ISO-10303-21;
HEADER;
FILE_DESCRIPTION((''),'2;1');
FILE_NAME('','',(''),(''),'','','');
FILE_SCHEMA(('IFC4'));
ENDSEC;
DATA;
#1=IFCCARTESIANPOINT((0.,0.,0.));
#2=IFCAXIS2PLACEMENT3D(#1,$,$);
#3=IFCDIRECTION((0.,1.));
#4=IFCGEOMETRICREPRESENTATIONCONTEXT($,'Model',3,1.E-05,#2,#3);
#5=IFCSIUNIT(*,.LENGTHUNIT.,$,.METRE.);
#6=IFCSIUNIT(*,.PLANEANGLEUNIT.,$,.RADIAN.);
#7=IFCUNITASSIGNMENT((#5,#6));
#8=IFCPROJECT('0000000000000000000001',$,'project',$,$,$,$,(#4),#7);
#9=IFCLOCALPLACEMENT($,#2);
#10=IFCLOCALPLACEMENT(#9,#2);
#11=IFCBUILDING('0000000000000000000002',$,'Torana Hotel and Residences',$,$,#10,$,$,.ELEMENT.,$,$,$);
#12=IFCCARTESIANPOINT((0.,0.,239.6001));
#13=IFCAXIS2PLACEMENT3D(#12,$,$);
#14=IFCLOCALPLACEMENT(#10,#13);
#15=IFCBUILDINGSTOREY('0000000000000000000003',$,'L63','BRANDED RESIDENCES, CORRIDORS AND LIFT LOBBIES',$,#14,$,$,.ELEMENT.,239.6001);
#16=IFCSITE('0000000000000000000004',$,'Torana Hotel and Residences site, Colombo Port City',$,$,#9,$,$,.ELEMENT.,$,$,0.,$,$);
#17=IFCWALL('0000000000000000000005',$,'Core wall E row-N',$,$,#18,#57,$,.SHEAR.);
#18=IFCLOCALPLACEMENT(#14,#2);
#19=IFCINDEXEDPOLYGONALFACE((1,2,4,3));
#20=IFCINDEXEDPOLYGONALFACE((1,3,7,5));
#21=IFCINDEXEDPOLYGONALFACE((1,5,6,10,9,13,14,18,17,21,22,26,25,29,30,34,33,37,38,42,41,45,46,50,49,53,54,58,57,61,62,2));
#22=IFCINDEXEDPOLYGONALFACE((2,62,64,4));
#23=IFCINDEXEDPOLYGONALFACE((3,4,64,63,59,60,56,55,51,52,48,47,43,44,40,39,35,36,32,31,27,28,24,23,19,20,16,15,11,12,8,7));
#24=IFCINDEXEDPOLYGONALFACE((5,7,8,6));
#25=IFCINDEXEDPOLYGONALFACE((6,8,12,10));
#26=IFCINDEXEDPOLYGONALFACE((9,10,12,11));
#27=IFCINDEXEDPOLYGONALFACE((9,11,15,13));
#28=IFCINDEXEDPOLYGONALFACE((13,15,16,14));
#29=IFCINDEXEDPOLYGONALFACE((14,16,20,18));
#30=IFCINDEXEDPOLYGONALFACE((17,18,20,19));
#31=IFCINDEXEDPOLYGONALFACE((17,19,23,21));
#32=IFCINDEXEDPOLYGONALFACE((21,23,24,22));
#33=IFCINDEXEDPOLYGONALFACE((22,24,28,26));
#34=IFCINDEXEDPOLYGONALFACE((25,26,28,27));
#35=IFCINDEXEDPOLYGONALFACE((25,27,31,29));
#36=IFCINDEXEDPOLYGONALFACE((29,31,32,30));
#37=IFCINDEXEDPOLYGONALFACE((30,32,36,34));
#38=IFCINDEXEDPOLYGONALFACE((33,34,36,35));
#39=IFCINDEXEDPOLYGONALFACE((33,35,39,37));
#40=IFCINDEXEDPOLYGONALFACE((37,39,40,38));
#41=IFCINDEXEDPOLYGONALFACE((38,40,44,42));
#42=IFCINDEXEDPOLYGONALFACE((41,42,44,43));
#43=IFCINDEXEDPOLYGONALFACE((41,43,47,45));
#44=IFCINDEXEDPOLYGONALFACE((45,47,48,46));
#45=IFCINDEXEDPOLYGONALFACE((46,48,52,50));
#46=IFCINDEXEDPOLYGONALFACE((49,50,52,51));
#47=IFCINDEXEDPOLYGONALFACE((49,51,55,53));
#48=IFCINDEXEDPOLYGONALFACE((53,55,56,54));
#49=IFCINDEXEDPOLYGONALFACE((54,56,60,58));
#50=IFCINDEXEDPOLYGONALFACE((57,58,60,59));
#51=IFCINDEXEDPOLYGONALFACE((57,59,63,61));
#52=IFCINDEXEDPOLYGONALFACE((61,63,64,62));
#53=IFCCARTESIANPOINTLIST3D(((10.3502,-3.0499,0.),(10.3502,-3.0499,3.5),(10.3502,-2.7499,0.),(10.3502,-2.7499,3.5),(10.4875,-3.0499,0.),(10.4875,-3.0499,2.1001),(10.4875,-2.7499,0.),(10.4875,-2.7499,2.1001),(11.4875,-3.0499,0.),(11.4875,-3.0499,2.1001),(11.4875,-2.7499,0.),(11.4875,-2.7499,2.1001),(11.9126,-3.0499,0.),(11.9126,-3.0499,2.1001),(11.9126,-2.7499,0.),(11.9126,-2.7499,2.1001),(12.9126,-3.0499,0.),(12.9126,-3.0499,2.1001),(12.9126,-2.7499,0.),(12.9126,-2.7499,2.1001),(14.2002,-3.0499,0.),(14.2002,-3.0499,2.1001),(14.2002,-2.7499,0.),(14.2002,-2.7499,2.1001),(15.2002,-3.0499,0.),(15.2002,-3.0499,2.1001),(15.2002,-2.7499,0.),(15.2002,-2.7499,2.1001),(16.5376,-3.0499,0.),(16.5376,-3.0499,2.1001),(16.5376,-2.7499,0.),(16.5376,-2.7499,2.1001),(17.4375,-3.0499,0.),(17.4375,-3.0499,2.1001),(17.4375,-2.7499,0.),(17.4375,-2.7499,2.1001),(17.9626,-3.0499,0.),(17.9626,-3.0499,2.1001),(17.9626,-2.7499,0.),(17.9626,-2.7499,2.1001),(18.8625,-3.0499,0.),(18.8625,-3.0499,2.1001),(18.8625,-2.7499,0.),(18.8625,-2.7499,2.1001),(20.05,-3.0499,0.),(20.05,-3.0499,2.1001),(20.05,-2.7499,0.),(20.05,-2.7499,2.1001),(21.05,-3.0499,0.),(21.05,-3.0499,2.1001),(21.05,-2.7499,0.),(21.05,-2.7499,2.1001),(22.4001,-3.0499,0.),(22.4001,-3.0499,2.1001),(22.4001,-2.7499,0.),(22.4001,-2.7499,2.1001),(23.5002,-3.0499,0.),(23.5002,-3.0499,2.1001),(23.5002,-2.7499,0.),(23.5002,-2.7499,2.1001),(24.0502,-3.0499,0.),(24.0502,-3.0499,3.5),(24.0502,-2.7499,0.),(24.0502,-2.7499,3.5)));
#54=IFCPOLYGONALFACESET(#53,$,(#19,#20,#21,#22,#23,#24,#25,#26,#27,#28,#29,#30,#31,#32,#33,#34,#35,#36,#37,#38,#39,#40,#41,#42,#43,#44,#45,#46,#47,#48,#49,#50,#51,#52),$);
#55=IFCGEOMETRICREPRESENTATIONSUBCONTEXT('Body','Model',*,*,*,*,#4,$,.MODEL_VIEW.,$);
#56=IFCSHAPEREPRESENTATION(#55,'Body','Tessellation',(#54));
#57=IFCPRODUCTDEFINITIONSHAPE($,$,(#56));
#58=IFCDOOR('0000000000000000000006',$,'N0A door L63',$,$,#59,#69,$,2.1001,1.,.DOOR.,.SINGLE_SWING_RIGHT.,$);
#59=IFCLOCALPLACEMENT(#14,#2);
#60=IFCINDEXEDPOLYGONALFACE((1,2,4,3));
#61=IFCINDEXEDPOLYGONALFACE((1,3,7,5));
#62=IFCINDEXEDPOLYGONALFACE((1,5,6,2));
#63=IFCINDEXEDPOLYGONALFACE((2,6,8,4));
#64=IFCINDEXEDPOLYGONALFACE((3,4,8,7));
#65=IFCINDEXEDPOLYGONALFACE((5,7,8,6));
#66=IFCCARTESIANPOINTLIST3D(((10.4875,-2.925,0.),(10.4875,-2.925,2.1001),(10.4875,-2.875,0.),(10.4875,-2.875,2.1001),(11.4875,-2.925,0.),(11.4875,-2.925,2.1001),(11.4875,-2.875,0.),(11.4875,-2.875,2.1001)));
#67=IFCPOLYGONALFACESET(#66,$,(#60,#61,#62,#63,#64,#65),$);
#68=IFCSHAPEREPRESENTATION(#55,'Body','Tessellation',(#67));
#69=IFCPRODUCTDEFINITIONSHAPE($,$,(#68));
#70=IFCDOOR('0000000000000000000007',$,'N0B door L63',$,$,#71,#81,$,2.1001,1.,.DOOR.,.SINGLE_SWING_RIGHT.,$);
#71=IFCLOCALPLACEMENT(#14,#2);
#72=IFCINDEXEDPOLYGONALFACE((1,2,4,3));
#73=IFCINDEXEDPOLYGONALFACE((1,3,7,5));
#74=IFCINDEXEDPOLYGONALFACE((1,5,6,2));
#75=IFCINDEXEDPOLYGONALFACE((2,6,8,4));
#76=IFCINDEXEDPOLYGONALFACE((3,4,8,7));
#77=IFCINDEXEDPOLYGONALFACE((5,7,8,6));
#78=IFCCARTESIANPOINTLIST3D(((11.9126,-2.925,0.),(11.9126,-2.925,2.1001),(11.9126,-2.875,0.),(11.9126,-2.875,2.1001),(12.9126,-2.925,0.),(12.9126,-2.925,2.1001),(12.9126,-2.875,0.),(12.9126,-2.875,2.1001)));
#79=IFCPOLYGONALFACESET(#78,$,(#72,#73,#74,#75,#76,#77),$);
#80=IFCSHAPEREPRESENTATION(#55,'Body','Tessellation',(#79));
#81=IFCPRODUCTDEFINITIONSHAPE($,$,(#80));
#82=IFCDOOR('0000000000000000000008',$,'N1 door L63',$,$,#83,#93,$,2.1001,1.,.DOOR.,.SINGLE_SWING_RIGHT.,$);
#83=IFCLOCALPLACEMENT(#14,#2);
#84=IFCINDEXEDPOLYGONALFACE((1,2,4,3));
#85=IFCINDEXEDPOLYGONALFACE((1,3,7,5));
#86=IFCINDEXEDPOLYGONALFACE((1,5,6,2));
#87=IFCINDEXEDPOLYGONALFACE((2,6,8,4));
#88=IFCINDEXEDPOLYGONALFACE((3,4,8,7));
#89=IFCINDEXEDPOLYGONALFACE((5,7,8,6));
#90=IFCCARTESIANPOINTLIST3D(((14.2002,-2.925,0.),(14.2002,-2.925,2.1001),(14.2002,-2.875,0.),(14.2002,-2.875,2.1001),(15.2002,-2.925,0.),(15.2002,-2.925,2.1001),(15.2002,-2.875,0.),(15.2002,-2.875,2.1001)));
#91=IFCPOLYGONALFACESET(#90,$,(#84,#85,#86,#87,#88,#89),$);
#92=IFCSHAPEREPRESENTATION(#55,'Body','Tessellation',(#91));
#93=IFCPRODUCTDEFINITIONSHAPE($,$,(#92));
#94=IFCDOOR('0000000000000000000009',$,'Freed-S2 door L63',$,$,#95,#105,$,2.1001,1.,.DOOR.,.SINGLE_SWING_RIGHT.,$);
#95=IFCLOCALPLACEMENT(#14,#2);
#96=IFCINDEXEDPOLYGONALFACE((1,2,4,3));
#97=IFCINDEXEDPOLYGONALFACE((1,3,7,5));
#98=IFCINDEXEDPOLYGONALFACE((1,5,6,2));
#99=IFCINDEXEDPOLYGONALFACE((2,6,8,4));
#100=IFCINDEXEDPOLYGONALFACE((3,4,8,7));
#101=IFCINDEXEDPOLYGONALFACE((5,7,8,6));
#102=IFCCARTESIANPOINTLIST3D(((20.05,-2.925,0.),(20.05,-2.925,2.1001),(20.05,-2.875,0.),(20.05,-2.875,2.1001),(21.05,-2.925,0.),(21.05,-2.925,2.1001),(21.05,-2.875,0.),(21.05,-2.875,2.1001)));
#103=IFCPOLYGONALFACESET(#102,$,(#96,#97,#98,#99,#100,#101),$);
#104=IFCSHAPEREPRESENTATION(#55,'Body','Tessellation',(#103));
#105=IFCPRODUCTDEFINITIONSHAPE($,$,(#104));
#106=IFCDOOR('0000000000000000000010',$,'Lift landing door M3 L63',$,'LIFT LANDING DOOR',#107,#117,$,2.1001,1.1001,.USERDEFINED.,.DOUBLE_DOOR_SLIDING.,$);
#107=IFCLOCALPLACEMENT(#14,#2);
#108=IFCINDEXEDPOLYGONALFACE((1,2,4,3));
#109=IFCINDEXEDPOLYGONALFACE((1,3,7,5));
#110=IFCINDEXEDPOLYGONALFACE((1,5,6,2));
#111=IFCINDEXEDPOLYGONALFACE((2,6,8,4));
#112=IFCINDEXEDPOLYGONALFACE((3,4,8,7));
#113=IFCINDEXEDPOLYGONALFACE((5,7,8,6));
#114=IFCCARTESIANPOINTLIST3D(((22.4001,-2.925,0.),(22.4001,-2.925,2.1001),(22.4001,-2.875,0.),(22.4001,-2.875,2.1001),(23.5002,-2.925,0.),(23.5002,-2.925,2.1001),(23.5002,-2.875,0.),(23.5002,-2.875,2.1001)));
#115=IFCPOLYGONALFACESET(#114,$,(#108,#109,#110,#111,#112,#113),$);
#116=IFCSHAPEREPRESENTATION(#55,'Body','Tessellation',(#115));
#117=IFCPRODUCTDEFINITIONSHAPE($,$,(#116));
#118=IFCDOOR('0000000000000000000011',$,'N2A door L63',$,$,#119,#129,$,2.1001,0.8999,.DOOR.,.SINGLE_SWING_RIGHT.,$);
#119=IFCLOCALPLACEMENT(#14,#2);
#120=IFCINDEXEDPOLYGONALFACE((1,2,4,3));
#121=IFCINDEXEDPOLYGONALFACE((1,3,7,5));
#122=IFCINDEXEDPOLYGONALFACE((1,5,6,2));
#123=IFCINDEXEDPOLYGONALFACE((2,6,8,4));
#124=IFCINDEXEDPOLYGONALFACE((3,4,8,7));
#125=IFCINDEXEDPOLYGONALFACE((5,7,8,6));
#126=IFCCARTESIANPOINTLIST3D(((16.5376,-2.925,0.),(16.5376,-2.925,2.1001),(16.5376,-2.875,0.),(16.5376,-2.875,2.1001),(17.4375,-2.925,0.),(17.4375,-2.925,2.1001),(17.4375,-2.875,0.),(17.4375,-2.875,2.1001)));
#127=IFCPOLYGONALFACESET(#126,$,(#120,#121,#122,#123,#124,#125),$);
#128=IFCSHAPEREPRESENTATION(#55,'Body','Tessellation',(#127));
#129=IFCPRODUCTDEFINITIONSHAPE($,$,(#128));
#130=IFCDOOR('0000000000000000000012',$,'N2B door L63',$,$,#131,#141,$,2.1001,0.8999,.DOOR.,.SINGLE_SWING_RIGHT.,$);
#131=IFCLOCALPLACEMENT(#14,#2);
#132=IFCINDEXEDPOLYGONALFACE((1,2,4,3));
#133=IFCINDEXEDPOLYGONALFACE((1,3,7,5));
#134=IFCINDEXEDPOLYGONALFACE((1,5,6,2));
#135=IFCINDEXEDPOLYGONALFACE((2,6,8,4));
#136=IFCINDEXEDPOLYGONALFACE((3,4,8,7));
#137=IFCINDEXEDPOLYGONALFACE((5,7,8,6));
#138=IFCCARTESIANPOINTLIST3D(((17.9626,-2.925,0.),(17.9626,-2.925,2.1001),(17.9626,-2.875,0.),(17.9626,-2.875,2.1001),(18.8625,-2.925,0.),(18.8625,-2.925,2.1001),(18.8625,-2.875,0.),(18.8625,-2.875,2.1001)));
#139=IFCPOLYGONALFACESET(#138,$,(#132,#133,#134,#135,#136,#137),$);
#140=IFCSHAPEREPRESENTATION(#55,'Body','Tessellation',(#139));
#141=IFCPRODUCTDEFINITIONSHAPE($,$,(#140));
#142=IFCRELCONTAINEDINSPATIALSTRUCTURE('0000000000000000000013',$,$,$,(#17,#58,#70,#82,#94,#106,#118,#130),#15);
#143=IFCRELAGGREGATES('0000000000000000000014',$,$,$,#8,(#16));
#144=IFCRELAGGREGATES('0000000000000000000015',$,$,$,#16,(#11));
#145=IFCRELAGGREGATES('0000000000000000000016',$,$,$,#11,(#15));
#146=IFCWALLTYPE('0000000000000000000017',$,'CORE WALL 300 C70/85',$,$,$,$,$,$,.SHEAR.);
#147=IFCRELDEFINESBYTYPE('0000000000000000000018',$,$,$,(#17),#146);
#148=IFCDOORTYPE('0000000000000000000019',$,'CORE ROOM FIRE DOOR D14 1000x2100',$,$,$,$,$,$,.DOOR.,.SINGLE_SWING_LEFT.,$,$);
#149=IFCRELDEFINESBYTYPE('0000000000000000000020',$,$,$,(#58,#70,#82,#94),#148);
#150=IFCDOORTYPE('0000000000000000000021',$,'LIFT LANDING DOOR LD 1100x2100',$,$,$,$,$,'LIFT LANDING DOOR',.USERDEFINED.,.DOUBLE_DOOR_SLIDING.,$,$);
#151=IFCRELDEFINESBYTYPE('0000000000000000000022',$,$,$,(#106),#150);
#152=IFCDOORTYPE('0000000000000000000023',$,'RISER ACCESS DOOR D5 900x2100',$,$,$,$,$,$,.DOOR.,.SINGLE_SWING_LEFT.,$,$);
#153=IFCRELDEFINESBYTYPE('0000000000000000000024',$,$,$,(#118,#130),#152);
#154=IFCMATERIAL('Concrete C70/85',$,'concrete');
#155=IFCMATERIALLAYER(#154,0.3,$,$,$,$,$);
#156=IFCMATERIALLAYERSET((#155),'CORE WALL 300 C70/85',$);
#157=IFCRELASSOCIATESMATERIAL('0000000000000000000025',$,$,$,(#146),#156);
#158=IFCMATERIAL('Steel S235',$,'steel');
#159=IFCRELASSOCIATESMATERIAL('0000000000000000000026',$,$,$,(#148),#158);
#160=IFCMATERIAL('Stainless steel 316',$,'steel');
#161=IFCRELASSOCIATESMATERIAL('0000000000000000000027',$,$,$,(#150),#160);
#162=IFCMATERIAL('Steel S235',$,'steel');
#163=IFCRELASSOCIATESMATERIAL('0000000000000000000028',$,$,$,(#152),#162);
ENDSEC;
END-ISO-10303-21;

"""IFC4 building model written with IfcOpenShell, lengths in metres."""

from ifc_helpers import new_model, si_unit, direction, frame, frame_2d, origin, place, context, subcontext, project, spatial, rectangle, extrude, material, layer, layer_set, type_object, element, fill, save


model = new_model("IFC4")

# Units and contexts
model_context = context("Model", 3, precision=1e-05, world=origin(), true_north=direction((0.0, 1.0)))
body_context = subcontext(model_context, "Body", "Model", "MODEL_VIEW")
ifc_project = project(units=[si_unit("LENGTHUNIT", "METRE"), si_unit("PLANEANGLEUNIT", "RADIAN")], contexts=[model_context])

# Site, building, storey
site_placement = place(None, origin())
site = spatial("IfcSite", under=ifc_project, at=site_placement, Name="Torana Hotel and Residences site, Colombo Port City", CompositionType="ELEMENT", RefElevation=0.0)
building_placement = place(site_placement, origin())
building = spatial("IfcBuilding", under=site, at=building_placement, Name="Torana Hotel and Residences", CompositionType="ELEMENT")
storey_placement = place(building_placement, frame((0.0, 0.0, 239.6001)))
storey = spatial("IfcBuildingStorey", under=building, at=storey_placement, Name="L63", Description="BRANDED RESIDENCES, CORRIDORS AND LIFT LOBBIES", CompositionType="ELEMENT", Elevation=239.6001)

# Wall, openings, doors
ifc_material_1 = material(Name="Concrete C70/85", Category="concrete")
ifc_layer_1 = layer(ifc_material_1, 0.3)
ifc_layer_set_1 = layer_set([ifc_layer_1], Name="CORE WALL 300 C70/85")
wall_type_1 = type_object("IfcWallType", Name="CORE WALL 300 C70/85", PredefinedType="SHEAR", material=ifc_layer_set_1)
wall_1_placement = place(storey_placement, frame((10.3501, -2.8999, 0.0), z_axis=(0.0, 0.0, 1.0), x_axis=(1.0, 0.0, 0.0)))
wall_1 = element("IfcWall", 1, at=wall_1_placement, inside=storey, type_object=wall_type_1, Name="Core wall E row-N", PredefinedType="SHEAR", context=body_context, shape_type="SweptSolid", body=[
    extrude(rectangle(XDim=13.7, YDim=0.3, at=frame_2d((6.8501, 0.0))), origin(), (0.0, 0.0, 1.0), 3.5),
])
opening_1_placement = place(wall_1_placement, frame((12.05, 0.0, 0.0)))
opening_1 = element("IfcOpeningElement", 2, at=opening_1_placement, cuts=wall_1, PredefinedType="OPENING", context=body_context, shape_type="SweptSolid", body=[
    extrude(rectangle(XDim=1.1001, YDim=2.1001, at=frame_2d((0.55, 1.05))), frame((0.0, 0.1599, 0.0), z_axis=(0.0, -1.0, 0.0), x_axis=(1.0, 0.0, 0.0)), (0.0, 0.0, 1.0), 0.3201),
])
opening_2_placement = place(wall_1_placement, frame((6.1875, 0.0, 0.0)))
opening_2 = element("IfcOpeningElement", 3, at=opening_2_placement, cuts=wall_1, PredefinedType="OPENING", context=body_context, shape_type="SweptSolid", body=[
    extrude(rectangle(XDim=0.8999, YDim=2.1001, at=frame_2d((0.45, 1.05))), frame((0.0, 0.1599, 0.0), z_axis=(0.0, -1.0, 0.0), x_axis=(1.0, 0.0, 0.0)), (0.0, 0.0, 1.0), 0.3201),
])
opening_3_placement = place(wall_1_placement, frame((7.6125, 0.0, 0.0)))
opening_3 = element("IfcOpeningElement", 4, at=opening_3_placement, cuts=wall_1, PredefinedType="OPENING", context=body_context, shape_type="SweptSolid", body=[
    extrude(rectangle(XDim=0.8999, YDim=2.1001, at=frame_2d((0.45, 1.05))), frame((0.0, 0.1599, 0.0), z_axis=(0.0, -1.0, 0.0), x_axis=(1.0, 0.0, 0.0)), (0.0, 0.0, 1.0), 0.3201),
])
opening_4_placement = place(wall_1_placement, frame((0.1375, 0.0, 0.0)))
opening_4 = element("IfcOpeningElement", 5, at=opening_4_placement, cuts=wall_1, PredefinedType="OPENING", context=body_context, shape_type="SweptSolid", body=[
    extrude(rectangle(XDim=1.0, YDim=2.1001, at=frame_2d((0.5, 1.05))), frame((0.0, 0.1599, 0.0), z_axis=(0.0, -1.0, 0.0), x_axis=(1.0, 0.0, 0.0)), (0.0, 0.0, 1.0), 0.3201),
])
opening_5_placement = place(wall_1_placement, frame((1.5625, 0.0, 0.0)))
opening_5 = element("IfcOpeningElement", 6, at=opening_5_placement, cuts=wall_1, PredefinedType="OPENING", context=body_context, shape_type="SweptSolid", body=[
    extrude(rectangle(XDim=1.0, YDim=2.1001, at=frame_2d((0.5, 1.05))), frame((0.0, 0.1599, 0.0), z_axis=(0.0, -1.0, 0.0), x_axis=(1.0, 0.0, 0.0)), (0.0, 0.0, 1.0), 0.3201),
])
opening_6_placement = place(wall_1_placement, frame((3.8501, 0.0, 0.0)))
opening_6 = element("IfcOpeningElement", 7, at=opening_6_placement, cuts=wall_1, PredefinedType="OPENING", context=body_context, shape_type="SweptSolid", body=[
    extrude(rectangle(XDim=1.0, YDim=2.1001, at=frame_2d((0.5, 1.05))), frame((0.0, 0.1599, 0.0), z_axis=(0.0, -1.0, 0.0), x_axis=(1.0, 0.0, 0.0)), (0.0, 0.0, 1.0), 0.3201),
])
opening_7_placement = place(wall_1_placement, frame((9.7, 0.0, 0.0)))
opening_7 = element("IfcOpeningElement", 8, at=opening_7_placement, cuts=wall_1, PredefinedType="OPENING", context=body_context, shape_type="SweptSolid", body=[
    extrude(rectangle(XDim=1.0, YDim=2.1001, at=frame_2d((0.5, 1.05))), frame((0.0, 0.1599, 0.0), z_axis=(0.0, -1.0, 0.0), x_axis=(1.0, 0.0, 0.0)), (0.0, 0.0, 1.0), 0.3201),
])
ifc_material_2 = material(Name="Steel S235", Category="steel")
door_type_1 = type_object("IfcDoorType", Name="CORE ROOM FIRE DOOR D14 1000x2100", OperationType="SINGLE_SWING_LEFT", PredefinedType="DOOR", material=ifc_material_2)
door_1_placement = place(opening_4_placement, origin())
door_1 = element("IfcDoor", 9, at=door_1_placement, inside=storey, type_object=door_type_1, Name="N0A door L63", OperationType="SINGLE_SWING_RIGHT", OverallHeight=2.1001, OverallWidth=1.0, PredefinedType="DOOR", context=body_context, shape_type="SweptSolid", body=[
    extrude(rectangle(XDim=1.0, YDim=2.1001, at=frame_2d((0.5, 1.05))), frame((0.0, 0.0249, 0.0), z_axis=(0.0, -1.0, 0.0), x_axis=(1.0, 0.0, 0.0)), (0.0, 0.0, 1.0), 0.05),
])
fill(opening_4, door_1)
door_2_placement = place(opening_5_placement, origin())
door_2 = element("IfcDoor", 10, at=door_2_placement, inside=storey, type_object=door_type_1, Name="N0B door L63", OperationType="SINGLE_SWING_RIGHT", OverallHeight=2.1001, OverallWidth=1.0, PredefinedType="DOOR", context=body_context, shape_type="SweptSolid", body=[
    extrude(rectangle(XDim=1.0, YDim=2.1001, at=frame_2d((0.5, 1.05))), frame((0.0, 0.0249, 0.0), z_axis=(0.0, -1.0, 0.0), x_axis=(1.0, 0.0, 0.0)), (0.0, 0.0, 1.0), 0.05),
])
fill(opening_5, door_2)
door_3_placement = place(opening_6_placement, origin())
door_3 = element("IfcDoor", 11, at=door_3_placement, inside=storey, type_object=door_type_1, Name="N1 door L63", OperationType="SINGLE_SWING_RIGHT", OverallHeight=2.1001, OverallWidth=1.0, PredefinedType="DOOR", context=body_context, shape_type="SweptSolid", body=[
    extrude(rectangle(XDim=1.0, YDim=2.1001, at=frame_2d((0.5, 1.05))), frame((0.0, 0.0249, 0.0), z_axis=(0.0, -1.0, 0.0), x_axis=(1.0, 0.0, 0.0)), (0.0, 0.0, 1.0), 0.05),
])
fill(opening_6, door_3)
door_4_placement = place(opening_7_placement, origin())
door_4 = element("IfcDoor", 12, at=door_4_placement, inside=storey, type_object=door_type_1, Name="Freed-S2 door L63", OperationType="SINGLE_SWING_RIGHT", OverallHeight=2.1001, OverallWidth=1.0, PredefinedType="DOOR", context=body_context, shape_type="SweptSolid", body=[
    extrude(rectangle(XDim=1.0, YDim=2.1001, at=frame_2d((0.5, 1.05))), frame((0.0, 0.0249, 0.0), z_axis=(0.0, -1.0, 0.0), x_axis=(1.0, 0.0, 0.0)), (0.0, 0.0, 1.0), 0.05),
])
fill(opening_7, door_4)
ifc_material_3 = material(Name="Stainless steel 316", Category="steel")
door_type_2 = type_object("IfcDoorType", Name="LIFT LANDING DOOR LD 1100x2100", ElementType="LIFT LANDING DOOR", OperationType="DOUBLE_DOOR_SLIDING", PredefinedType="USERDEFINED", material=ifc_material_3)
door_5_placement = place(opening_1_placement, origin())
door_5 = element("IfcDoor", 13, at=door_5_placement, inside=storey, type_object=door_type_2, Name="Lift landing door M3 L63", ObjectType="LIFT LANDING DOOR", OperationType="DOUBLE_DOOR_SLIDING", OverallHeight=2.1001, OverallWidth=1.1001, PredefinedType="USERDEFINED", context=body_context, shape_type="SweptSolid", body=[
    extrude(rectangle(XDim=1.1001, YDim=2.1001, at=frame_2d((0.55, 1.05))), frame((0.0, 0.0249, 0.0), z_axis=(0.0, -1.0, 0.0), x_axis=(1.0, 0.0, 0.0)), (0.0, 0.0, 1.0), 0.05),
])
fill(opening_1, door_5)
ifc_material_4 = material(Name="Steel S235", Category="steel")
door_type_3 = type_object("IfcDoorType", Name="RISER ACCESS DOOR D5 900x2100", OperationType="SINGLE_SWING_LEFT", PredefinedType="DOOR", material=ifc_material_4)
door_6_placement = place(opening_2_placement, origin())
door_6 = element("IfcDoor", 14, at=door_6_placement, inside=storey, type_object=door_type_3, Name="N2A door L63", OperationType="SINGLE_SWING_RIGHT", OverallHeight=2.1001, OverallWidth=0.8999, PredefinedType="DOOR", context=body_context, shape_type="SweptSolid", body=[
    extrude(rectangle(XDim=0.8999, YDim=2.1001, at=frame_2d((0.45, 1.05))), frame((0.0, 0.0249, 0.0), z_axis=(0.0, -1.0, 0.0), x_axis=(1.0, 0.0, 0.0)), (0.0, 0.0, 1.0), 0.05),
])
fill(opening_2, door_6)
door_7_placement = place(opening_3_placement, origin())
door_7 = element("IfcDoor", 15, at=door_7_placement, inside=storey, type_object=door_type_3, Name="N2B door L63", OperationType="SINGLE_SWING_RIGHT", OverallHeight=2.1001, OverallWidth=0.8999, PredefinedType="DOOR", context=body_context, shape_type="SweptSolid", body=[
    extrude(rectangle(XDim=0.8999, YDim=2.1001, at=frame_2d((0.45, 1.05))), frame((0.0, 0.0249, 0.0), z_axis=(0.0, -1.0, 0.0), x_axis=(1.0, 0.0, 0.0)), (0.0, 0.0, 1.0), 0.05),
])
fill(opening_3, door_7)

save(model, "model.ifc")
